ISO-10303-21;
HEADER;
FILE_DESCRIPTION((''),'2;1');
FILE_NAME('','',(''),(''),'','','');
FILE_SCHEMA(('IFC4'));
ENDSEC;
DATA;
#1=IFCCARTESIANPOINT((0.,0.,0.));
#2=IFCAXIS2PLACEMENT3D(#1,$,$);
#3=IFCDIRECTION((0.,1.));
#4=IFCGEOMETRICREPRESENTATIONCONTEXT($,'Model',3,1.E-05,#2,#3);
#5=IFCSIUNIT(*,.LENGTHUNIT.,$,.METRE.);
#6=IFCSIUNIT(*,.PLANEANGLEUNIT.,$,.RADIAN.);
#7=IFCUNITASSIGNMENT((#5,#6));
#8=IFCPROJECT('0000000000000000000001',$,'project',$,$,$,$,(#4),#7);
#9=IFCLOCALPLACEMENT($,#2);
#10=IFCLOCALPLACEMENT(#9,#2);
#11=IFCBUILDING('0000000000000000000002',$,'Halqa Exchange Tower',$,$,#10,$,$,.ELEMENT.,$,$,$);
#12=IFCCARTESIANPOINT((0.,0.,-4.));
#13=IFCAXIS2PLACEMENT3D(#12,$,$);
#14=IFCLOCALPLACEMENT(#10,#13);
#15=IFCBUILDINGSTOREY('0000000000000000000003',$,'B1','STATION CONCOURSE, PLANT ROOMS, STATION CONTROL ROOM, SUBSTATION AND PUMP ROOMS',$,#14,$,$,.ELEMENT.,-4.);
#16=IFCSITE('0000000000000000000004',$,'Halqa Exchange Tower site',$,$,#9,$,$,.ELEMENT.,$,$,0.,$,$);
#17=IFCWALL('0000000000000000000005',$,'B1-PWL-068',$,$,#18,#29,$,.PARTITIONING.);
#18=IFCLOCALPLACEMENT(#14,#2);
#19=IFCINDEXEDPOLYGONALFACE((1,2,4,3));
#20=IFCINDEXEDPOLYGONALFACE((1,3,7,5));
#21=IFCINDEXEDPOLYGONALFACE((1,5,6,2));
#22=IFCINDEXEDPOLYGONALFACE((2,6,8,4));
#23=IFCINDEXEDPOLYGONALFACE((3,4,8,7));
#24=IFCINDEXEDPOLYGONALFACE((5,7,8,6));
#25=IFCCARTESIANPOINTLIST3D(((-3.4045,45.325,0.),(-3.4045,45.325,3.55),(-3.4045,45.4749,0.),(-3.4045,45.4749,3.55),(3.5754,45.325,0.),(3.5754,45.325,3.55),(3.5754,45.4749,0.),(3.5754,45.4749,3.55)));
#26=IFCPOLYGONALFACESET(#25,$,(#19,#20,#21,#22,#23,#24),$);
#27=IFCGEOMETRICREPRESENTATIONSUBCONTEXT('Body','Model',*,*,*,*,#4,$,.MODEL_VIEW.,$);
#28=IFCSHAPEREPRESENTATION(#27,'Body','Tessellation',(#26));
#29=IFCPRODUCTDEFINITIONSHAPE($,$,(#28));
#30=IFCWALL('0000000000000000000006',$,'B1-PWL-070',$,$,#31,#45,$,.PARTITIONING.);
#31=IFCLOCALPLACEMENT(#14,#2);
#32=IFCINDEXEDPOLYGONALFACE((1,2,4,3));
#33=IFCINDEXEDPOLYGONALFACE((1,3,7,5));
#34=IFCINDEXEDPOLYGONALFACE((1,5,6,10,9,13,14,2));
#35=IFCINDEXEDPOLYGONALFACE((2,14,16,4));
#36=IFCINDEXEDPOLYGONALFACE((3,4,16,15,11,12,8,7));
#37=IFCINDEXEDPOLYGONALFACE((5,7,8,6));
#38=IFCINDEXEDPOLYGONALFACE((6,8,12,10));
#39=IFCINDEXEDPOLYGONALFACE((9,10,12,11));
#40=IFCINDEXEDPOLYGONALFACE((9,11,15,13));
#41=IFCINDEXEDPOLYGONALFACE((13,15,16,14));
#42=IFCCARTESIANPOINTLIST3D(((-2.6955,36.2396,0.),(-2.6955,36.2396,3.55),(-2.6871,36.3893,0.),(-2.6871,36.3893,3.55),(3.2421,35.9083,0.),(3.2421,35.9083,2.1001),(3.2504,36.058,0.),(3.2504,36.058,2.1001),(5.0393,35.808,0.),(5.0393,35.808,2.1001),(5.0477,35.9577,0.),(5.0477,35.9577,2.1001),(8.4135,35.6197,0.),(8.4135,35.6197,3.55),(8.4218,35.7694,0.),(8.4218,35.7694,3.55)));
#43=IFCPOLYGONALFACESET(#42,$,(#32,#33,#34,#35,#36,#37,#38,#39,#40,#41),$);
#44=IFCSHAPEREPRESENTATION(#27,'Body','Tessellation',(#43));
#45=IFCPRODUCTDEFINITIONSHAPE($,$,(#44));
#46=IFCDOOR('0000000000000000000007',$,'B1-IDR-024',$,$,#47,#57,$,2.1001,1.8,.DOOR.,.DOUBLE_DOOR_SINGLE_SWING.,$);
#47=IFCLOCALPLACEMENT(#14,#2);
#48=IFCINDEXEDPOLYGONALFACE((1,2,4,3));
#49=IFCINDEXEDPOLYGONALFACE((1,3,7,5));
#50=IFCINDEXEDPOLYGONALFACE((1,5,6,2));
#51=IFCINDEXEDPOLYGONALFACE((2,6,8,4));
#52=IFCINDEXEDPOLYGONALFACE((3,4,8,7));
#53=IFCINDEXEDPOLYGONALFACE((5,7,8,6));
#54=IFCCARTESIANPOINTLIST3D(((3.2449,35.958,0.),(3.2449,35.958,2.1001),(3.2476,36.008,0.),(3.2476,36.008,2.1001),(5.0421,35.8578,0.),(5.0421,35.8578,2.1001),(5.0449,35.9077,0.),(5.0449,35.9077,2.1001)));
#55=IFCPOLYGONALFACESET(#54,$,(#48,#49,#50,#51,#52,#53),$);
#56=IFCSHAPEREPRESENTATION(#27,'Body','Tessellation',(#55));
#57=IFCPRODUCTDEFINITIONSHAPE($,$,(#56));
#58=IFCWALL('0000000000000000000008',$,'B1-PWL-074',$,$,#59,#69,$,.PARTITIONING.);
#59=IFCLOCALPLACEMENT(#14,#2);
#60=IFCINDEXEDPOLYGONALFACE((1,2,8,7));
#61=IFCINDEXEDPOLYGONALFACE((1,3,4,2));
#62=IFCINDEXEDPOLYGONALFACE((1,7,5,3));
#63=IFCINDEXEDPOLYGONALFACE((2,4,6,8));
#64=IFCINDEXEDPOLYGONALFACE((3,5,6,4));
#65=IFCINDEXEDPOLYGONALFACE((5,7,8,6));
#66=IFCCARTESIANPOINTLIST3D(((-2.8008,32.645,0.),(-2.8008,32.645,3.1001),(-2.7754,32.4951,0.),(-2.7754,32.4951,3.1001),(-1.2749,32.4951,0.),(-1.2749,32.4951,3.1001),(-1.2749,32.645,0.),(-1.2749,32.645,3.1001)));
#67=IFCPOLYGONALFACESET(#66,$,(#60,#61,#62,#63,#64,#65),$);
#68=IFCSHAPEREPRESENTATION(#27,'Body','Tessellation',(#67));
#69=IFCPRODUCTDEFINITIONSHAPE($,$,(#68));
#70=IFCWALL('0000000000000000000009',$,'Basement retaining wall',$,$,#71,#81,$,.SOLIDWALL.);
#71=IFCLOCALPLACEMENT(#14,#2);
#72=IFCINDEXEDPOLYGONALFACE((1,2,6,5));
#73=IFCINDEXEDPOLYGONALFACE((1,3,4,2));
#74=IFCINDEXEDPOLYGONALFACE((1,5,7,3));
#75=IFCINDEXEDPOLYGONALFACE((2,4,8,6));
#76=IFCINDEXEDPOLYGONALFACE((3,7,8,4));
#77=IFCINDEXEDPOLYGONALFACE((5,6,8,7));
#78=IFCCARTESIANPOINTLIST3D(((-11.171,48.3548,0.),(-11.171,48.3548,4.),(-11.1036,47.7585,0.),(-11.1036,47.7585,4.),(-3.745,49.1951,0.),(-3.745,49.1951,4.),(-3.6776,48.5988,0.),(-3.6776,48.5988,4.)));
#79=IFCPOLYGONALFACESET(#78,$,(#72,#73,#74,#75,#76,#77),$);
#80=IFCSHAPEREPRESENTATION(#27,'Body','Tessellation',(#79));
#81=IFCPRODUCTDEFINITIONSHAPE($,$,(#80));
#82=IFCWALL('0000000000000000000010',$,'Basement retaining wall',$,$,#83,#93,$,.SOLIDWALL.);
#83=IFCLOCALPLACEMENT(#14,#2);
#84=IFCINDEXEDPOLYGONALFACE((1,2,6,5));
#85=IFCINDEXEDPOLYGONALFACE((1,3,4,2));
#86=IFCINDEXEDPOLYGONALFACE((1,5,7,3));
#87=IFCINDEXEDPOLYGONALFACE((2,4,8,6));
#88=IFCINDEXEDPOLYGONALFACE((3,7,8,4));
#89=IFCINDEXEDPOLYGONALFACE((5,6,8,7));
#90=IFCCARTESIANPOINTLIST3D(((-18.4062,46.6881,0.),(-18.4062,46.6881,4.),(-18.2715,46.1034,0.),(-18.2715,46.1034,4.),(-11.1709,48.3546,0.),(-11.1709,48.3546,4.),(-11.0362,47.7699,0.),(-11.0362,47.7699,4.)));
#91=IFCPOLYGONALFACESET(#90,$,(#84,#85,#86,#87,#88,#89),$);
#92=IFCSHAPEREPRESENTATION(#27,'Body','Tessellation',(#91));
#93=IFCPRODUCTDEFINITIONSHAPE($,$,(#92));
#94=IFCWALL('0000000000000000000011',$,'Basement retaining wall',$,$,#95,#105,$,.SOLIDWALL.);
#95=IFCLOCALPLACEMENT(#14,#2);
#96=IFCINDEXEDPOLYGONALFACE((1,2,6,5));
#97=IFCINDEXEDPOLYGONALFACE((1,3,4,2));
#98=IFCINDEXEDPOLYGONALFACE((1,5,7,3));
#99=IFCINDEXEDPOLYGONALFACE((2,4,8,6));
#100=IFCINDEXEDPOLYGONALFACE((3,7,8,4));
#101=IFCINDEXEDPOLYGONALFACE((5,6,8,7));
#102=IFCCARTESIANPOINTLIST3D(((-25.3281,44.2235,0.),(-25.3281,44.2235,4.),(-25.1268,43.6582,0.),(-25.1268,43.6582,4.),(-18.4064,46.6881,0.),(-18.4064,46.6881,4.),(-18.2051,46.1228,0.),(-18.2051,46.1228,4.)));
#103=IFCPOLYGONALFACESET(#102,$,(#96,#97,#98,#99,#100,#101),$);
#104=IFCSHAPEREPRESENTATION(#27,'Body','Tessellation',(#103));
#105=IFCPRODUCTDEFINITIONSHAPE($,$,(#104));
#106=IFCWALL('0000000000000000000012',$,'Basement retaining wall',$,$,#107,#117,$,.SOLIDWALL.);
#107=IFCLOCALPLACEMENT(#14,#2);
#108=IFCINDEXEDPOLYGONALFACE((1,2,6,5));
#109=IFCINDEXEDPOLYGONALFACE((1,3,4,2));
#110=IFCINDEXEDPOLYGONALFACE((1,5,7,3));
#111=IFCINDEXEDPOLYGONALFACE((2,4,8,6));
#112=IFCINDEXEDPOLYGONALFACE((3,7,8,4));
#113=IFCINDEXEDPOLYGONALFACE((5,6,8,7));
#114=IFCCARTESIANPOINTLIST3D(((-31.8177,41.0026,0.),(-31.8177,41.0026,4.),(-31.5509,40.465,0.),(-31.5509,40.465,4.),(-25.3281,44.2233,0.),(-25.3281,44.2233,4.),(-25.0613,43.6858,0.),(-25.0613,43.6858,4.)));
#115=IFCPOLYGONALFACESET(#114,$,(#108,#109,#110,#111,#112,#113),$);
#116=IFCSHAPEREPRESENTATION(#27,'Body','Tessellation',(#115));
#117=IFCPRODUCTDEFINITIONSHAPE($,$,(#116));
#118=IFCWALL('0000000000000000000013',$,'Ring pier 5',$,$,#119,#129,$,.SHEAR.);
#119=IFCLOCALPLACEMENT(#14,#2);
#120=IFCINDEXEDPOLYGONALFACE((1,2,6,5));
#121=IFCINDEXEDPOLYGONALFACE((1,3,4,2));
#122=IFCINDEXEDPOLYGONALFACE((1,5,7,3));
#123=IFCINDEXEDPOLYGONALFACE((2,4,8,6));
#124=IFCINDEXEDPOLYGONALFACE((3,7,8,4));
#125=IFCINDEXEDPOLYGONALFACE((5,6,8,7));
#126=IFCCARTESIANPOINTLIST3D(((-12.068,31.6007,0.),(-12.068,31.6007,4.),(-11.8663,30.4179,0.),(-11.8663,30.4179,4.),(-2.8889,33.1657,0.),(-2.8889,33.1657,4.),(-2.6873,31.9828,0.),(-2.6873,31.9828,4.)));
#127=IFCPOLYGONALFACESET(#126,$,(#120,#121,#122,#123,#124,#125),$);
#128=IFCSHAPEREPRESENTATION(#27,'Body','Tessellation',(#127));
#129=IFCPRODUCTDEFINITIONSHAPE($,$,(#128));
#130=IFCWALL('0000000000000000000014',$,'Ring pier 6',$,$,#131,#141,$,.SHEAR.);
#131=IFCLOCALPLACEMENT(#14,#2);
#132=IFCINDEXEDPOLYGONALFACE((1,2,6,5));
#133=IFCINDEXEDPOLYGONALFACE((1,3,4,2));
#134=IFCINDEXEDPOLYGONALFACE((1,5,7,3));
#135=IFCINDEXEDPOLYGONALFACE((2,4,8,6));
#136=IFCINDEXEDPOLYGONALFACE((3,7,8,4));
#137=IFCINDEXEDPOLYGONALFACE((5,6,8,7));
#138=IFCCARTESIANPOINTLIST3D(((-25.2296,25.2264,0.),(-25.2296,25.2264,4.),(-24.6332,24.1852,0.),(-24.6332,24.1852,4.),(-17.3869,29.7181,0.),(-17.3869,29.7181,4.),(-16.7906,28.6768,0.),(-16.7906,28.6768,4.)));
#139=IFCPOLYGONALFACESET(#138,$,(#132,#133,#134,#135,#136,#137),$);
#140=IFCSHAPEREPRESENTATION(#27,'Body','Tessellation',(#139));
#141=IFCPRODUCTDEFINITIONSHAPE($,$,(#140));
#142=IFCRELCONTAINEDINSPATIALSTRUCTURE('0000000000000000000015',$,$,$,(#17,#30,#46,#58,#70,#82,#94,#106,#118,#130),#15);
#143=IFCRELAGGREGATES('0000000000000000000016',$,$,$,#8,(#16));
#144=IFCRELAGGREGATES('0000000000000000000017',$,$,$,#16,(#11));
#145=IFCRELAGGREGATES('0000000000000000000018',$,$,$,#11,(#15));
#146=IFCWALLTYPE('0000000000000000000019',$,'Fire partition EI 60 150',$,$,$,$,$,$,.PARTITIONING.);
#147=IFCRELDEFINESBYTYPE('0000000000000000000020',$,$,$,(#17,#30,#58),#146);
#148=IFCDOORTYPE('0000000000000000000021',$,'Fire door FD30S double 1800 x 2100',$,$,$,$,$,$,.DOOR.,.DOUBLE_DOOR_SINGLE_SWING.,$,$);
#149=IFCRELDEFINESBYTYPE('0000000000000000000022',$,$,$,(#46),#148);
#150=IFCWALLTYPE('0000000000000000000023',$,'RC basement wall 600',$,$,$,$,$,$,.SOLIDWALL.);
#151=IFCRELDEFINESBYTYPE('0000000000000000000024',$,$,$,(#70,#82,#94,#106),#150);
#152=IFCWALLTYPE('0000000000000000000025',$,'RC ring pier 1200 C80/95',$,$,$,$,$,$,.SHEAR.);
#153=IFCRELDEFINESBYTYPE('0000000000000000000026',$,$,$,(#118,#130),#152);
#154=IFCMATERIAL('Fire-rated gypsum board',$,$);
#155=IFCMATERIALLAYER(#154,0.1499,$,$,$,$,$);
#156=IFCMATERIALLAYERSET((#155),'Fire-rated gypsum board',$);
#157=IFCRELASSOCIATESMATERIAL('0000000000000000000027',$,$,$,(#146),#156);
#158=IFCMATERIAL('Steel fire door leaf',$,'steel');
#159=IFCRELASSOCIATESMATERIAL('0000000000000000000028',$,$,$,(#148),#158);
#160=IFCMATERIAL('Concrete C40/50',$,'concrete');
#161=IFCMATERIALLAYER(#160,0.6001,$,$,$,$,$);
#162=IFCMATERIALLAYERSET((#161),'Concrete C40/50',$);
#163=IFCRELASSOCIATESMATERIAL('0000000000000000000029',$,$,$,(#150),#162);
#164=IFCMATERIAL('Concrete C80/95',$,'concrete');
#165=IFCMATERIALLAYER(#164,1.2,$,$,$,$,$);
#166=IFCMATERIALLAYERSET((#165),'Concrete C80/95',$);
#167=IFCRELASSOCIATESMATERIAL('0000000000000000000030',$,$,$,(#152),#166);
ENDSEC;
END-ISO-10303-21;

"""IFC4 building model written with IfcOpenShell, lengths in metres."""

from ifc_helpers import new_model, si_unit, direction, frame, frame_2d, origin, place, context, subcontext, project, spatial, polyline, rectangle, outline, extrude, material, layer, layer_set, type_object, element, fill, save


model = new_model("IFC4")

# Units and contexts
model_context = context("Model", 3, precision=1e-05, world=origin(), true_north=direction((0.0, 1.0)))
body_context = subcontext(model_context, "Body", "Model", "MODEL_VIEW")
ifc_project = project(units=[si_unit("LENGTHUNIT", "METRE"), si_unit("PLANEANGLEUNIT", "RADIAN")], contexts=[model_context])

# Site, building, storey
site_placement = place(None, origin())
site = spatial("IfcSite", under=ifc_project, at=site_placement, Name="Halqa Exchange Tower site", CompositionType="ELEMENT", RefElevation=0.0)
building_placement = place(site_placement, origin())
building = spatial("IfcBuilding", under=site, at=building_placement, Name="Halqa Exchange Tower", CompositionType="ELEMENT")
storey_placement = place(building_placement, frame((0.0, 0.0, -4.0)))
storey = spatial("IfcBuildingStorey", under=building, at=storey_placement, Name="B1", Description="STATION CONCOURSE, PLANT ROOMS, STATION CONTROL ROOM, SUBSTATION AND PUMP ROOMS", CompositionType="ELEMENT", Elevation=-4.0)

# Shared definitions
ifc_material_1 = material(Name="Fire-rated gypsum board")
ifc_layer_1 = layer(ifc_material_1, 0.1499)
ifc_layer_set_1 = layer_set([ifc_layer_1], Name="Fire-rated gypsum board")
wall_type_1 = type_object("IfcWallType", Name="Fire partition EI 60 150", PredefinedType="PARTITIONING", material=ifc_layer_set_1)

# Shared definitions
ifc_material_2 = material(Name="Steel fire door leaf", Category="steel")
door_type = type_object("IfcDoorType", Name="Fire door FD30S double 1800 x 2100", OperationType="DOUBLE_DOOR_SINGLE_SWING", PredefinedType="DOOR", material=ifc_material_2)

# Wall
wall_1_placement = place(storey_placement, frame((-3.4045, 45.3999, 0.0), z_axis=(0.0, 0.0, 1.0), x_axis=(1.0, 0.0, 0.0)))
element("IfcWall", 1, at=wall_1_placement, inside=storey, type_object=wall_type_1, Name="B1-PWL-068", PredefinedType="PARTITIONING", context=body_context, shape_type="SweptSolid", body=[
    extrude(rectangle(XDim=6.98, YDim=0.1499, at=frame_2d((3.49, 0.0))), origin(), (0.0, 0.0, 1.0), 3.55),
])

# Wall, opening, door
wall_2_placement = place(storey_placement, frame((-2.6912, 36.3145, 0.0), z_axis=(0.0, 0.0, 1.0), x_axis=(0.998447, -0.055713, 0.0)))
wall_2 = element("IfcWall", 2, at=wall_2_placement, inside=storey, type_object=wall_type_1, Name="B1-PWL-070", PredefinedType="PARTITIONING", context=body_context, shape_type="SweptSolid", body=[
    extrude(rectangle(XDim=11.1262, YDim=0.1499, at=frame_2d((5.563, 0.0))), origin(), (0.0, 0.0, 1.0), 3.55),
])
opening_1_placement = place(wall_2_placement, frame((5.9468, 0.0, 0.0)))
opening_1 = element("IfcOpeningElement", 3, at=opening_1_placement, cuts=wall_2, PredefinedType="OPENING", context=body_context, shape_type="SweptSolid", body=[
    extrude(rectangle(XDim=1.8, YDim=2.1001, at=frame_2d((0.8999, 1.05))), frame((0.0, 0.0869, 0.0), z_axis=(0.0, -1.0, 0.0), x_axis=(1.0, 0.0, 0.0)), (0.0, 0.0, 1.0), 0.1738),
])
door_1_placement = place(opening_1_placement, origin())
door_1 = element("IfcDoor", 4, at=door_1_placement, inside=storey, type_object=door_type, Name="B1-IDR-024", OperationType="DOUBLE_DOOR_SINGLE_SWING", OverallHeight=2.1001, OverallWidth=1.8, PredefinedType="DOOR", context=body_context, shape_type="SweptSolid", body=[
    extrude(rectangle(XDim=1.8, YDim=2.1001, at=frame_2d((0.8999, 1.05))), frame((0.0, 0.0249, 0.0), z_axis=(0.0, -1.0, 0.0), x_axis=(1.0, 0.0, 0.0)), (0.0, 0.0, 1.0), 0.05),
])
fill(opening_1, door_1)

# Walls
wall_3_placement = place(storey_placement, frame((-1.2749, 32.5701, 0.0), z_axis=(0.0, 0.0, 1.0), x_axis=(-1.0, 0.0, 0.0)))
element("IfcWall", 5, at=wall_3_placement, inside=storey, type_object=wall_type_1, Name="B1-PWL-074", PredefinedType="PARTITIONING", context=body_context, shape_type="SweptSolid", body=[
    extrude(outline(polyline([(0.0, -0.075), (1.5259, -0.075), (1.5005, 0.075), (0.0, 0.075), (0.0, -0.075)])), origin(), (0.0, 0.0, 1.0), 3.1001),
])
ifc_material_3 = material(Name="Concrete C40/50", Category="concrete")
ifc_layer_2 = layer(ifc_material_3, 0.6001)
ifc_layer_set_2 = layer_set([ifc_layer_2], Name="Concrete C40/50")
wall_type_2 = type_object("IfcWallType", Name="RC basement wall 600", PredefinedType="SOLIDWALL", material=ifc_layer_set_2)
wall_4_placement = place(storey_placement, frame((-3.7112, 48.897, 0.0), z_axis=(0.0, 0.0, 1.0), x_axis=(-0.993658, -0.112443, 0.0)))
element("IfcWall", 6, at=wall_4_placement, inside=storey, type_object=wall_type_2, Name="Basement retaining wall", PredefinedType="SOLIDWALL", context=body_context, shape_type="SweptSolid", body=[
    extrude(rectangle(XDim=7.4734, YDim=0.6001, at=frame_2d((3.7368, 0.0))), origin(), (0.0, 0.0, 1.0), 4.0),
])
wall_5_placement = place(storey_placement, frame((-11.1035, 48.0623, 0.0), z_axis=(0.0, 0.0, 1.0), x_axis=(-0.974485, -0.224451, 0.0)))
element("IfcWall", 7, at=wall_5_placement, inside=storey, type_object=wall_type_2, Name="Basement retaining wall", PredefinedType="SOLIDWALL", context=body_context, shape_type="SweptSolid", body=[
    extrude(rectangle(XDim=7.4248, YDim=0.6001, at=frame_2d((3.7124, 0.0))), origin(), (0.0, 0.0, 1.0), 4.0),
])
wall_6_placement = place(storey_placement, frame((-18.3057, 46.4055, 0.0), z_axis=(0.0, 0.0, 1.0), x_axis=(-0.942061, -0.335442, 0.0)))
element("IfcWall", 8, at=wall_6_placement, inside=storey, type_object=wall_type_2, Name="Basement retaining wall", PredefinedType="SOLIDWALL", context=body_context, shape_type="SweptSolid", body=[
    extrude(rectangle(XDim=7.3474, YDim=0.6001, at=frame_2d((3.6738, 0.0))), origin(), (0.0, 0.0, 1.0), 4.0),
])
wall_7_placement = place(storey_placement, frame((-25.1946, 43.9546, 0.0), z_axis=(0.0, 0.0, 1.0), x_axis=(-0.895751, -0.444556, 0.0)))
element("IfcWall", 9, at=wall_7_placement, inside=storey, type_object=wall_type_2, Name="Basement retaining wall", PredefinedType="SOLIDWALL", context=body_context, shape_type="SweptSolid", body=[
    extrude(rectangle(XDim=7.2449, YDim=0.6001, at=frame_2d((3.6226, 0.0))), origin(), (0.0, 0.0, 1.0), 4.0),
])
ifc_material_4 = material(Name="Concrete C80/95", Category="concrete")
ifc_layer_3 = layer(ifc_material_4, 1.2)
ifc_layer_set_3 = layer_set([ifc_layer_3], Name="Concrete C80/95")
wall_type_3 = type_object("IfcWallType", Name="RC ring pier 1200 C80/95", PredefinedType="SHEAR", material=ifc_layer_set_3)
wall_8_placement = place(storey_placement, frame((-2.7881, 32.5742, 0.0), z_axis=(0.0, 0.0, 1.0), x_axis=(-0.985776, -0.168063, 0.0)))
element("IfcWall", 10, at=wall_8_placement, inside=storey, type_object=wall_type_3, Name="Ring pier 5", PredefinedType="SHEAR", context=body_context, shape_type="SweptSolid", body=[
    extrude(rectangle(XDim=9.3115, YDim=1.2, at=frame_2d((4.6558, 0.0))), origin(), (0.0, 0.0, 1.0), 4.0),
])
wall_9_placement = place(storey_placement, frame((-17.0886, 29.1975, 0.0), z_axis=(0.0, 0.0, 1.0), x_axis=(-0.867761, -0.496982, 0.0)))
element("IfcWall", 11, at=wall_9_placement, inside=storey, type_object=wall_type_3, Name="Ring pier 6", PredefinedType="SHEAR", context=body_context, shape_type="SweptSolid", body=[
    extrude(rectangle(XDim=9.0378, YDim=1.2, at=frame_2d((4.519, 0.0))), origin(), (0.0, 0.0, 1.0), 4.0),
])

save(model, "model.ifc")
